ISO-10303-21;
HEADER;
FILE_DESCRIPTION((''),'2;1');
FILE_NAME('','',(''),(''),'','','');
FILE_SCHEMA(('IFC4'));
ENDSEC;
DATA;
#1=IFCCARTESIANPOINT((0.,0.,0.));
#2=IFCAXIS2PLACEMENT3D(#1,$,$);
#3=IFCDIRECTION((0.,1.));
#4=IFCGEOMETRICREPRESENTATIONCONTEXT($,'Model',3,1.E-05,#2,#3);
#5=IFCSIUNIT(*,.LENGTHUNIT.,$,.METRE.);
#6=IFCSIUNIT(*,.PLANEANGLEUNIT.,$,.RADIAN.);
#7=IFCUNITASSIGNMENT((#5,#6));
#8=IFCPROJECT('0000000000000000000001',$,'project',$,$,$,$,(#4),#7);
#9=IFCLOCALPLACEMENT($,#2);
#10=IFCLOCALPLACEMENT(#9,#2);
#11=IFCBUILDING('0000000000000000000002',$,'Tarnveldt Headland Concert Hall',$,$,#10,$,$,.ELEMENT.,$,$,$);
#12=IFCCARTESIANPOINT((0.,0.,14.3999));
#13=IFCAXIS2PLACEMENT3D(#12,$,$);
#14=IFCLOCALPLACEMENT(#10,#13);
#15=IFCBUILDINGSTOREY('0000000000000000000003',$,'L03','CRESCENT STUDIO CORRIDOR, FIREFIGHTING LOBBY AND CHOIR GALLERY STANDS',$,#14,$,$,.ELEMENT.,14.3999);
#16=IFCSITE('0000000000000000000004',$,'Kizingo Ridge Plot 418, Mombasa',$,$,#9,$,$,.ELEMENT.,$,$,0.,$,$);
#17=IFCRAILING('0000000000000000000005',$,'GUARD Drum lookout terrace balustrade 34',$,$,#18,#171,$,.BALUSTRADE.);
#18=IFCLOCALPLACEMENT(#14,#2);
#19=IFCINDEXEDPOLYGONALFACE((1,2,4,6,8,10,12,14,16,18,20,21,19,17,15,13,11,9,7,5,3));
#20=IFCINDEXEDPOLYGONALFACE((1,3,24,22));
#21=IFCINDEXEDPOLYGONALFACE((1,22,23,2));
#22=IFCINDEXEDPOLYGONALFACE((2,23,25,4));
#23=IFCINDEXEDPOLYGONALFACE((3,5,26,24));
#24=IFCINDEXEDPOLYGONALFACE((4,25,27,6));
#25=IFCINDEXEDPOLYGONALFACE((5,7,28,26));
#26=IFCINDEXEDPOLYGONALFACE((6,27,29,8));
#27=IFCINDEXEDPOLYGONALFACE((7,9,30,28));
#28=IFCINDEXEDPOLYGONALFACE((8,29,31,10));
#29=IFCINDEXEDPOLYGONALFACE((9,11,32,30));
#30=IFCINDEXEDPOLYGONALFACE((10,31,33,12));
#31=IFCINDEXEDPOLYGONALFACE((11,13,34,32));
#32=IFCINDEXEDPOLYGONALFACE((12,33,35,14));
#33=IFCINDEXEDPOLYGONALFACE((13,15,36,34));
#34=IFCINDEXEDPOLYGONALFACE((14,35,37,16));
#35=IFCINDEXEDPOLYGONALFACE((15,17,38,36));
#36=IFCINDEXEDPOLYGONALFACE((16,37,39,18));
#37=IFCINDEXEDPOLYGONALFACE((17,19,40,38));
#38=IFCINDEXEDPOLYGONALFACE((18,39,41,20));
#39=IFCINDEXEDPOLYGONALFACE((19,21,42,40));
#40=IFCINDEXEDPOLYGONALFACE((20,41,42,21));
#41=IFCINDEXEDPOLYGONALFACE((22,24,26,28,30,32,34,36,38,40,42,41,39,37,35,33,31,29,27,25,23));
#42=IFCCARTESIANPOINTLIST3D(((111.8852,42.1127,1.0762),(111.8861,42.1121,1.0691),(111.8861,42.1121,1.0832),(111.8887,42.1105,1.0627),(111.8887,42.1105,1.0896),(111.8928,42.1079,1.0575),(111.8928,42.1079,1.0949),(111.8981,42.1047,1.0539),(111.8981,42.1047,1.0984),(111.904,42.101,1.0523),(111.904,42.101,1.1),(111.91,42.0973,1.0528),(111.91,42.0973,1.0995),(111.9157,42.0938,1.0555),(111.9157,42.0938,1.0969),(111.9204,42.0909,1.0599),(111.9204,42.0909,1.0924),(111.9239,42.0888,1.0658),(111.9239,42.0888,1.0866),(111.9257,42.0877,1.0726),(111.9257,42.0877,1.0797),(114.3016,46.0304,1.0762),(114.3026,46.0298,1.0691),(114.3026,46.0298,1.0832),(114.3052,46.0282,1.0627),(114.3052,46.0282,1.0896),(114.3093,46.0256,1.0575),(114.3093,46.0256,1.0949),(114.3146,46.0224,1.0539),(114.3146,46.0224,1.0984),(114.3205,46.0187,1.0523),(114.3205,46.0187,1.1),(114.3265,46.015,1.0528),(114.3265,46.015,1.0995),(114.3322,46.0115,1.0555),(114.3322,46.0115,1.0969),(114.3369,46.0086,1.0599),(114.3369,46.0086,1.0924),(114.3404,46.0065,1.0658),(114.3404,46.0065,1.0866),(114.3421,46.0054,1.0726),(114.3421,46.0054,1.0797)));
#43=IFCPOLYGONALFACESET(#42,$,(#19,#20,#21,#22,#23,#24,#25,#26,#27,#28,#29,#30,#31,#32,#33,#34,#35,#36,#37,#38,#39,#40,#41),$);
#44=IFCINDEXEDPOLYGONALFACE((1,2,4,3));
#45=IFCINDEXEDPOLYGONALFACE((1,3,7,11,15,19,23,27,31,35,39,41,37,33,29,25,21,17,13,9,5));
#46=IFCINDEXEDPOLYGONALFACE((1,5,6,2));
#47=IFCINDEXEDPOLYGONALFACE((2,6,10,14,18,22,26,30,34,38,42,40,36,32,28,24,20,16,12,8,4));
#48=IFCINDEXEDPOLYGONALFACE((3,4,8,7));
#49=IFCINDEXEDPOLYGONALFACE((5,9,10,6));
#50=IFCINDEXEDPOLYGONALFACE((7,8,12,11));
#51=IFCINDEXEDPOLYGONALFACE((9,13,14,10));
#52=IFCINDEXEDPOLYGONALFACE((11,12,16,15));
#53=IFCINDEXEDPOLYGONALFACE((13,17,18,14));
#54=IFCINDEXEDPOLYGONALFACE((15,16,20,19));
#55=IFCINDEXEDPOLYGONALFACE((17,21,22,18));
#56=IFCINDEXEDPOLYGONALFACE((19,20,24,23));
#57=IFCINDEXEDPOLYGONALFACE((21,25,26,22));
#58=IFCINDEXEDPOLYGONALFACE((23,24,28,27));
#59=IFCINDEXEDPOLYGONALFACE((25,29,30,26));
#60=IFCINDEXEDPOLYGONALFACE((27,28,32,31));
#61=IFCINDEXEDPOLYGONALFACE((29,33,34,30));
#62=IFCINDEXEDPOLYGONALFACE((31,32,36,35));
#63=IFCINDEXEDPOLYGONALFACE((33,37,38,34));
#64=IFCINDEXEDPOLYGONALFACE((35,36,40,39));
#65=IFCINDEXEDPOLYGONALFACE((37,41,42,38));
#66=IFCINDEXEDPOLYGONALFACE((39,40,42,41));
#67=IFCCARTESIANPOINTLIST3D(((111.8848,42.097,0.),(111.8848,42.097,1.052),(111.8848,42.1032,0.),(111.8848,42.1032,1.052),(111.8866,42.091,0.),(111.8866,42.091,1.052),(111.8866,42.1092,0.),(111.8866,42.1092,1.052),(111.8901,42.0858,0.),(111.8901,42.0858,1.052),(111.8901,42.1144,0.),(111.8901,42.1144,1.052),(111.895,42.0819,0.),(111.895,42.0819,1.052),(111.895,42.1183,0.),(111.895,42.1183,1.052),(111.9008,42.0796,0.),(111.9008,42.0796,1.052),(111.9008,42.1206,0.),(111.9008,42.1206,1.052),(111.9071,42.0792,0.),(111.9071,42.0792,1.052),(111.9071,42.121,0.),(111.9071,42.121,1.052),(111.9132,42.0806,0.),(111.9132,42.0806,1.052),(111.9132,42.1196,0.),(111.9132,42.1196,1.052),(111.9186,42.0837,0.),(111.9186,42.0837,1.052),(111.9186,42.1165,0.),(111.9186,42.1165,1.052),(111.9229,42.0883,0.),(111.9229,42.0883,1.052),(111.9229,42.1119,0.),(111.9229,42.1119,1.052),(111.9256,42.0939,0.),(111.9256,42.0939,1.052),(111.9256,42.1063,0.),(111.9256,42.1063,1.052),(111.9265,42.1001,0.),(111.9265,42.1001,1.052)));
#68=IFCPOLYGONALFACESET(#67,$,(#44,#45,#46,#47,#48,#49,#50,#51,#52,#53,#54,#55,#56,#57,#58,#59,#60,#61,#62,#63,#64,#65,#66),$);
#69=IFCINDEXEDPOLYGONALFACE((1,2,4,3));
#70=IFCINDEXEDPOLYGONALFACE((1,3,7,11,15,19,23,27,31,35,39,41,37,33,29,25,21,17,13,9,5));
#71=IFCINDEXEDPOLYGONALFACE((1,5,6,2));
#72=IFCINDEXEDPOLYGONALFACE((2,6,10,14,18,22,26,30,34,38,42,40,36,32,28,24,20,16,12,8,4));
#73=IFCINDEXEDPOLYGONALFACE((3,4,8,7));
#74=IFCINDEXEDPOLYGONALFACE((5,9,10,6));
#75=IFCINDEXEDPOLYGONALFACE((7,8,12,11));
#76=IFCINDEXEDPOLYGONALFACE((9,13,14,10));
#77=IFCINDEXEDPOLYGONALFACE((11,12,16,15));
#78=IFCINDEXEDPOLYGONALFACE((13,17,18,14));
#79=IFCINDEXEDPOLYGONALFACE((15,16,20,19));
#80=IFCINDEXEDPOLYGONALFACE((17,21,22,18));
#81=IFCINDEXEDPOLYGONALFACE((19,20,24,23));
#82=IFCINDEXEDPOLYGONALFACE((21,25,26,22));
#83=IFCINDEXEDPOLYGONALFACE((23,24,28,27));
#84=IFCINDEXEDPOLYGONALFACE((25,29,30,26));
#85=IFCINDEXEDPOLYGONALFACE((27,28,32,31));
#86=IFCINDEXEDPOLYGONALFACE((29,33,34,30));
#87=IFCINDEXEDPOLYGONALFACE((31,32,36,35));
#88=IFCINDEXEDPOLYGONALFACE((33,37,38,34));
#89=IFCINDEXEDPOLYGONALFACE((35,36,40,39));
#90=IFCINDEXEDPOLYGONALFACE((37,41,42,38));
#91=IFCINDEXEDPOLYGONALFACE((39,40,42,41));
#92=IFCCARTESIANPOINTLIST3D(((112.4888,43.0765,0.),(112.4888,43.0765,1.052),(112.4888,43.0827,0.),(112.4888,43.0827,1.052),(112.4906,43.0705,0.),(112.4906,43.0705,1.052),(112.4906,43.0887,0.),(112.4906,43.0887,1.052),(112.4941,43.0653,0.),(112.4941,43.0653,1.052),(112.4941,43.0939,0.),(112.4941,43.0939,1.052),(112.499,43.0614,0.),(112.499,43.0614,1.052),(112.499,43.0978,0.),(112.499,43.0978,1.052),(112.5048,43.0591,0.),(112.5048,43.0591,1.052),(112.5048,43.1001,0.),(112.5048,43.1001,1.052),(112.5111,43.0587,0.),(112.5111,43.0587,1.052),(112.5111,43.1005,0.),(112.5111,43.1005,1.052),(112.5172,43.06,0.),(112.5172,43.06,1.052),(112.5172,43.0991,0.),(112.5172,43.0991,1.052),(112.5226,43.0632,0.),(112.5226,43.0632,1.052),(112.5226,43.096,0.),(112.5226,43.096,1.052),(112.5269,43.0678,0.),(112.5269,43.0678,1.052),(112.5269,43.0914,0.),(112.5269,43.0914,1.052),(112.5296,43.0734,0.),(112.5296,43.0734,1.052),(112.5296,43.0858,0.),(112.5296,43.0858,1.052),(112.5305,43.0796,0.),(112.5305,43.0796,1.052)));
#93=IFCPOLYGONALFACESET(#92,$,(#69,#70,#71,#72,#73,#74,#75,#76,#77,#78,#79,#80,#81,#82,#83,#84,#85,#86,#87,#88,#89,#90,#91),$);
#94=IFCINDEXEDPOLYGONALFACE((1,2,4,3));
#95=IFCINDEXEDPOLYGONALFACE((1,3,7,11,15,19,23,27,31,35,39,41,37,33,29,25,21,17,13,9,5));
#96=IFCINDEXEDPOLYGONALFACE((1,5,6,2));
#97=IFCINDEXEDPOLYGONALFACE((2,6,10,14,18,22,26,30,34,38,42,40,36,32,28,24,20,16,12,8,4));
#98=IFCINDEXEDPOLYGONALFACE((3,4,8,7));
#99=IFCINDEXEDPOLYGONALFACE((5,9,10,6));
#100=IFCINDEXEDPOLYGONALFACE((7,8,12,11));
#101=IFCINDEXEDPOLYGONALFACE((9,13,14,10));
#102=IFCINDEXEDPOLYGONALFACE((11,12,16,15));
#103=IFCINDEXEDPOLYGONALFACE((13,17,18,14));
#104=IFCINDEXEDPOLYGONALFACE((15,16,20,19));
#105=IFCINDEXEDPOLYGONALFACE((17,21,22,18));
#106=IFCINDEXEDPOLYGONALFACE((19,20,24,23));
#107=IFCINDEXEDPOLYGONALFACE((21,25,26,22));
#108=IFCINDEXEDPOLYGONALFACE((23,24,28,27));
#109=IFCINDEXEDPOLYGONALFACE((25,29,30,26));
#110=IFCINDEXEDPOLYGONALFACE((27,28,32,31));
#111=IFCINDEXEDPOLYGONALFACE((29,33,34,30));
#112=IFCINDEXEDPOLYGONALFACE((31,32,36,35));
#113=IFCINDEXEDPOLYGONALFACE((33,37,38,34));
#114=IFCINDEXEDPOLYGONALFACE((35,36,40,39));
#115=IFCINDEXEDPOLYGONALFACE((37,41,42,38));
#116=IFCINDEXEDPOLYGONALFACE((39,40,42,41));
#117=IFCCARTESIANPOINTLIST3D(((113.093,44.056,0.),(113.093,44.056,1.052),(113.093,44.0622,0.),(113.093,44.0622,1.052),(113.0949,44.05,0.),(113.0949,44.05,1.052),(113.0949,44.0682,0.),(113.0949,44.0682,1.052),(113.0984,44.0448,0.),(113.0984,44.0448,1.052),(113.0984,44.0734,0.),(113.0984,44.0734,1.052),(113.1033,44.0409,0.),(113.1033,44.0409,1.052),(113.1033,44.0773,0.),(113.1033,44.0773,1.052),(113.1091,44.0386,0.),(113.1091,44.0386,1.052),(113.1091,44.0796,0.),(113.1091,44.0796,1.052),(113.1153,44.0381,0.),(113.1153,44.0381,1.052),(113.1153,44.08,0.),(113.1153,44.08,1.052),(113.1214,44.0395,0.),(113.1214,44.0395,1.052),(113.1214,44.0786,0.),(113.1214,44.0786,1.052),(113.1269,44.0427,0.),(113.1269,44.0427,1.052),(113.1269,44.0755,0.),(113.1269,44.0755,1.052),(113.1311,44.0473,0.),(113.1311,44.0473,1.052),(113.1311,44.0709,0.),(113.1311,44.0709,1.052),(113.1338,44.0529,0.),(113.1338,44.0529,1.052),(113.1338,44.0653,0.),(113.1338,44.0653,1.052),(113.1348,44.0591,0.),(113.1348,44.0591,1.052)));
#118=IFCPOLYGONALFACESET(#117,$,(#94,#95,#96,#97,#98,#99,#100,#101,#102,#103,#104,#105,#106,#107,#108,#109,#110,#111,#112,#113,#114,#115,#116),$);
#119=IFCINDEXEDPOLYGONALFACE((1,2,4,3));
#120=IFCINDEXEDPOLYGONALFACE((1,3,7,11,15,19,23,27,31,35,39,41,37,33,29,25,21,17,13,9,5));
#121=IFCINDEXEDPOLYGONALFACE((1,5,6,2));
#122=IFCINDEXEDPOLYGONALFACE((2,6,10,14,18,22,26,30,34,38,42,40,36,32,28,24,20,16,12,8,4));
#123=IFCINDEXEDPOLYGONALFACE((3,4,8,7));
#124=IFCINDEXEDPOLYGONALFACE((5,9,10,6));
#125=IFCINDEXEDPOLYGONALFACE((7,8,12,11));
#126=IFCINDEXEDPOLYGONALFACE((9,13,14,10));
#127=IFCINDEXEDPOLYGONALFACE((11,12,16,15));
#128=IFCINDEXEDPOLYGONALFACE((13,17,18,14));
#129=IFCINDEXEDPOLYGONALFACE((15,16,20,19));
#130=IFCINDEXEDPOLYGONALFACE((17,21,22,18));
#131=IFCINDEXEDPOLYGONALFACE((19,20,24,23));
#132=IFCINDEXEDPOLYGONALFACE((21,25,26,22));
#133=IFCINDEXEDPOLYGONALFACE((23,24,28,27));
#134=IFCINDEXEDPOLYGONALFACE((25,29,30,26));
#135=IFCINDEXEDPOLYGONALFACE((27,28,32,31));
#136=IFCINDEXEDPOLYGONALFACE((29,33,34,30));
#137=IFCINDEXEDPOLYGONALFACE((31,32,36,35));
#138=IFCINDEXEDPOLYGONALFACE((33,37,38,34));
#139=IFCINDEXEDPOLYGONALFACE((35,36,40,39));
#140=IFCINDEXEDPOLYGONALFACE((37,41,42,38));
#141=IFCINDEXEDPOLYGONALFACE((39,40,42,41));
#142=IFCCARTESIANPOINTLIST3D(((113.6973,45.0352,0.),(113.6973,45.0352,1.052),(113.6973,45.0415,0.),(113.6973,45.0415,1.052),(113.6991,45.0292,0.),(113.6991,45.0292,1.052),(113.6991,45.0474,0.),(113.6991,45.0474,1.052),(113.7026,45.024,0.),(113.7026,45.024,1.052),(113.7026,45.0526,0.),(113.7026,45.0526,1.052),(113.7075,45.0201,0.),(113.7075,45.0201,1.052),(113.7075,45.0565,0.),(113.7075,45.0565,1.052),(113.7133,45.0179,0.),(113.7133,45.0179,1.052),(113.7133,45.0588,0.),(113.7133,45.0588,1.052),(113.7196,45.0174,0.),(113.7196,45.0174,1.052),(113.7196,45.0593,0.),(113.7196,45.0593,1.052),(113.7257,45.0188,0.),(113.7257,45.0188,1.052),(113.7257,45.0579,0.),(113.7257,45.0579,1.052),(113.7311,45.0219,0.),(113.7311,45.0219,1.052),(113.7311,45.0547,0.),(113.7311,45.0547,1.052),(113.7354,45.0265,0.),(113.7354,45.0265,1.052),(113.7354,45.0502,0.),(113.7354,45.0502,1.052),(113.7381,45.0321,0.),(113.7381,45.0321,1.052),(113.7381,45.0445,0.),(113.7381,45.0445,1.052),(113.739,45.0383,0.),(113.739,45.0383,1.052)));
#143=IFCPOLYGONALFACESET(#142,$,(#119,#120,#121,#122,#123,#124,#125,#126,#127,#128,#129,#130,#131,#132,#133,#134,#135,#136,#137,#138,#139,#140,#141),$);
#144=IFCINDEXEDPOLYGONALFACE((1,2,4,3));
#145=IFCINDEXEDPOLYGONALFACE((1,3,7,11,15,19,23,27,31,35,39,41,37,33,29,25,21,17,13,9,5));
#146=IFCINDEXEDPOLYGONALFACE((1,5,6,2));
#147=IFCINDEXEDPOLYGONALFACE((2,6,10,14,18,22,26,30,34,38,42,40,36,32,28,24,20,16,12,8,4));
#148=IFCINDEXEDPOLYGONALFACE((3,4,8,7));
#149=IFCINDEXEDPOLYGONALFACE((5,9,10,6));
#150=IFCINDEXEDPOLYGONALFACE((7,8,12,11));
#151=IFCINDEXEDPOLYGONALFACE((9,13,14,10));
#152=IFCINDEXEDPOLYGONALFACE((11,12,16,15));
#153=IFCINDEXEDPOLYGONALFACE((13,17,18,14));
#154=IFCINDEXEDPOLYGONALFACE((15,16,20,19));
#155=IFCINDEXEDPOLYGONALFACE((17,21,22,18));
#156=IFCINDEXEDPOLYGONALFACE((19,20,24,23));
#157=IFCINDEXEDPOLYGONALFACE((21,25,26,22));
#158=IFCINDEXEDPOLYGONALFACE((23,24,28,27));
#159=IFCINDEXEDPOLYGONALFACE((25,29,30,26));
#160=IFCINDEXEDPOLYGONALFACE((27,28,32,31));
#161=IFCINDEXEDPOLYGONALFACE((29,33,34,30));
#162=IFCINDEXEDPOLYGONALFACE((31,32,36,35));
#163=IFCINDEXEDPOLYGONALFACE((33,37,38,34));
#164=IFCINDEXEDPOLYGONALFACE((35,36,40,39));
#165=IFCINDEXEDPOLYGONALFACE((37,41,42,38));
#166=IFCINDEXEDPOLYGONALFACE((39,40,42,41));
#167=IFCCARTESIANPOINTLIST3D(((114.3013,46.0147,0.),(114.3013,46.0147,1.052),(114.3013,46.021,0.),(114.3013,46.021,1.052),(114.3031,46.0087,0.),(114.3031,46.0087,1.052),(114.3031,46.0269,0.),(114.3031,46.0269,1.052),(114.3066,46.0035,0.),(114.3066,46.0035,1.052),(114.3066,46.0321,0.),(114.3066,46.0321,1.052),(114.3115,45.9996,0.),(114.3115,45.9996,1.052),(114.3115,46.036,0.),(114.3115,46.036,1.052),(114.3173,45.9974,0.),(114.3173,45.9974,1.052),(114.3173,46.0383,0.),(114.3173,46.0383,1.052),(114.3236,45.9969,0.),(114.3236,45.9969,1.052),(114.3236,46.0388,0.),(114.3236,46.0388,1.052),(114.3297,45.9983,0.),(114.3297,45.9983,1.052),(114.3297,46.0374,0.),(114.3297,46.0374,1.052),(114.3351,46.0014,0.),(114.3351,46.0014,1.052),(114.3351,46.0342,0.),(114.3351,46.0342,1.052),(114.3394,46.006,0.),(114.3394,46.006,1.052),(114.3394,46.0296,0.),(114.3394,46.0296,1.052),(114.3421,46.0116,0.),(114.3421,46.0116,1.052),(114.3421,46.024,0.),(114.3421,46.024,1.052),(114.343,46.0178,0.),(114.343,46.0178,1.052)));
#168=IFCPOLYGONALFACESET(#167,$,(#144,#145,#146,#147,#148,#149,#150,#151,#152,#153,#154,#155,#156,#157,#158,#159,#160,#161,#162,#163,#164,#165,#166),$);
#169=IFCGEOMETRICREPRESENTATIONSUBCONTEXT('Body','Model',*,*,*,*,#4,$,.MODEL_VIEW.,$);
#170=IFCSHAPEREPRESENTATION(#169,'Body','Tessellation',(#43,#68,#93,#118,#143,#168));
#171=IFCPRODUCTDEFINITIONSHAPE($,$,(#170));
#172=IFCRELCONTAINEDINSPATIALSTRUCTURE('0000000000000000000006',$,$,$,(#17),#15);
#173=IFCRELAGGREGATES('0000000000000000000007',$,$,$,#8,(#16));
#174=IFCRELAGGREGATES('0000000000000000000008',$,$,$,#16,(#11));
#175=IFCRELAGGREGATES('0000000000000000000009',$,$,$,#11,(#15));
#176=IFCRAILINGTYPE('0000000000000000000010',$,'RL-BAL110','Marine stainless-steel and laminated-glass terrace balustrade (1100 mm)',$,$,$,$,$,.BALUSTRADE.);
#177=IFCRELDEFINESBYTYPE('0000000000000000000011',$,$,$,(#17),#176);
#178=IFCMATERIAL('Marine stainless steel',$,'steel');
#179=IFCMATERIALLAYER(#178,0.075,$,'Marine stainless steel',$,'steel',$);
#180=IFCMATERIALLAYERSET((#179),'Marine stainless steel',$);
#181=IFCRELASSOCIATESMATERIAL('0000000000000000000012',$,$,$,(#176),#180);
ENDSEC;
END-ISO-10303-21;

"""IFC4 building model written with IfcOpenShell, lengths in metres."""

from ifc_helpers import new_model, si_unit, direction, frame, origin, origin_2d, place, context, subcontext, project, spatial, circle, extrude, material, layer, layer_set, type_object, element, save


model = new_model("IFC4")

# Units and contexts
model_context = context("Model", 3, precision=1e-05, world=origin(), true_north=direction((0.0, 1.0)))
body_context = subcontext(model_context, "Body", "Model", "MODEL_VIEW")
ifc_project = project(units=[si_unit("LENGTHUNIT", "METRE"), si_unit("PLANEANGLEUNIT", "RADIAN")], contexts=[model_context])

# Site, building, storey
site_placement = place(None, origin())
site = spatial("IfcSite", under=ifc_project, at=site_placement, Name="Kizingo Ridge Plot 418, Mombasa", CompositionType="ELEMENT", RefElevation=0.0)
building_placement = place(site_placement, origin())
building = spatial("IfcBuilding", under=site, at=building_placement, Name="Tarnveldt Headland Concert Hall", CompositionType="ELEMENT")
storey_placement = place(building_placement, frame((0.0, 0.0, 14.3999)))
storey = spatial("IfcBuildingStorey", under=building, at=storey_placement, Name="L03", Description="CRESCENT STUDIO CORRIDOR, FIREFIGHTING LOBBY AND CHOIR GALLERY STANDS", CompositionType="ELEMENT", Elevation=14.3999)

# Railing
ifc_material_1 = material(Name="Marine stainless steel", Category="steel")
ifc_layer_1 = layer(ifc_material_1, 0.075, Name="Marine stainless steel", Category="steel")
ifc_layer_set_1 = layer_set([ifc_layer_1], Name="Marine stainless steel")
railing_type = type_object("IfcRailingType", Name="RL-BAL110", Description="Marine stainless-steel and laminated-glass terrace balustrade (1100 mm)", PredefinedType="BALUSTRADE", material=ifc_layer_set_1)
railing_1_placement = place(storey_placement, frame((111.9055, 42.1001, 0.0)))
element("IfcRailing", 1, at=railing_1_placement, inside=storey, type_object=railing_type, Name="GUARD Drum lookout terrace balustrade 34", PredefinedType="BALUSTRADE", context=body_context, shape_type="SweptSolid", body=[
    extrude(circle(Radius=0.0239, at=origin_2d()), frame((0.0, 0.0, 1.0762), z_axis=(0.524979, 0.851115, 0.0), x_axis=(-0.851115, 0.524979, 0.0)), (0.0, 0.0, 1.0), 4.603),
    extrude(circle(Radius=0.021, at=origin_2d()), origin(), (0.0, 0.0, 1.0), 1.052),
    extrude(circle(Radius=0.021, at=origin_2d()), frame((0.604, 0.9795, 0.0)), (0.0, 0.0, 1.0), 1.052),
    extrude(circle(Radius=0.021, at=origin_2d()), frame((1.2083, 1.959, 0.0)), (0.0, 0.0, 1.0), 1.052),
    extrude(circle(Radius=0.021, at=origin_2d()), frame((1.8125, 2.9382, 0.0)), (0.0, 0.0, 1.0), 1.052),
    extrude(circle(Radius=0.021, at=origin_2d()), frame((2.4165, 3.9177, 0.0)), (0.0, 0.0, 1.0), 1.052),
])

save(model, "model.ifc")
